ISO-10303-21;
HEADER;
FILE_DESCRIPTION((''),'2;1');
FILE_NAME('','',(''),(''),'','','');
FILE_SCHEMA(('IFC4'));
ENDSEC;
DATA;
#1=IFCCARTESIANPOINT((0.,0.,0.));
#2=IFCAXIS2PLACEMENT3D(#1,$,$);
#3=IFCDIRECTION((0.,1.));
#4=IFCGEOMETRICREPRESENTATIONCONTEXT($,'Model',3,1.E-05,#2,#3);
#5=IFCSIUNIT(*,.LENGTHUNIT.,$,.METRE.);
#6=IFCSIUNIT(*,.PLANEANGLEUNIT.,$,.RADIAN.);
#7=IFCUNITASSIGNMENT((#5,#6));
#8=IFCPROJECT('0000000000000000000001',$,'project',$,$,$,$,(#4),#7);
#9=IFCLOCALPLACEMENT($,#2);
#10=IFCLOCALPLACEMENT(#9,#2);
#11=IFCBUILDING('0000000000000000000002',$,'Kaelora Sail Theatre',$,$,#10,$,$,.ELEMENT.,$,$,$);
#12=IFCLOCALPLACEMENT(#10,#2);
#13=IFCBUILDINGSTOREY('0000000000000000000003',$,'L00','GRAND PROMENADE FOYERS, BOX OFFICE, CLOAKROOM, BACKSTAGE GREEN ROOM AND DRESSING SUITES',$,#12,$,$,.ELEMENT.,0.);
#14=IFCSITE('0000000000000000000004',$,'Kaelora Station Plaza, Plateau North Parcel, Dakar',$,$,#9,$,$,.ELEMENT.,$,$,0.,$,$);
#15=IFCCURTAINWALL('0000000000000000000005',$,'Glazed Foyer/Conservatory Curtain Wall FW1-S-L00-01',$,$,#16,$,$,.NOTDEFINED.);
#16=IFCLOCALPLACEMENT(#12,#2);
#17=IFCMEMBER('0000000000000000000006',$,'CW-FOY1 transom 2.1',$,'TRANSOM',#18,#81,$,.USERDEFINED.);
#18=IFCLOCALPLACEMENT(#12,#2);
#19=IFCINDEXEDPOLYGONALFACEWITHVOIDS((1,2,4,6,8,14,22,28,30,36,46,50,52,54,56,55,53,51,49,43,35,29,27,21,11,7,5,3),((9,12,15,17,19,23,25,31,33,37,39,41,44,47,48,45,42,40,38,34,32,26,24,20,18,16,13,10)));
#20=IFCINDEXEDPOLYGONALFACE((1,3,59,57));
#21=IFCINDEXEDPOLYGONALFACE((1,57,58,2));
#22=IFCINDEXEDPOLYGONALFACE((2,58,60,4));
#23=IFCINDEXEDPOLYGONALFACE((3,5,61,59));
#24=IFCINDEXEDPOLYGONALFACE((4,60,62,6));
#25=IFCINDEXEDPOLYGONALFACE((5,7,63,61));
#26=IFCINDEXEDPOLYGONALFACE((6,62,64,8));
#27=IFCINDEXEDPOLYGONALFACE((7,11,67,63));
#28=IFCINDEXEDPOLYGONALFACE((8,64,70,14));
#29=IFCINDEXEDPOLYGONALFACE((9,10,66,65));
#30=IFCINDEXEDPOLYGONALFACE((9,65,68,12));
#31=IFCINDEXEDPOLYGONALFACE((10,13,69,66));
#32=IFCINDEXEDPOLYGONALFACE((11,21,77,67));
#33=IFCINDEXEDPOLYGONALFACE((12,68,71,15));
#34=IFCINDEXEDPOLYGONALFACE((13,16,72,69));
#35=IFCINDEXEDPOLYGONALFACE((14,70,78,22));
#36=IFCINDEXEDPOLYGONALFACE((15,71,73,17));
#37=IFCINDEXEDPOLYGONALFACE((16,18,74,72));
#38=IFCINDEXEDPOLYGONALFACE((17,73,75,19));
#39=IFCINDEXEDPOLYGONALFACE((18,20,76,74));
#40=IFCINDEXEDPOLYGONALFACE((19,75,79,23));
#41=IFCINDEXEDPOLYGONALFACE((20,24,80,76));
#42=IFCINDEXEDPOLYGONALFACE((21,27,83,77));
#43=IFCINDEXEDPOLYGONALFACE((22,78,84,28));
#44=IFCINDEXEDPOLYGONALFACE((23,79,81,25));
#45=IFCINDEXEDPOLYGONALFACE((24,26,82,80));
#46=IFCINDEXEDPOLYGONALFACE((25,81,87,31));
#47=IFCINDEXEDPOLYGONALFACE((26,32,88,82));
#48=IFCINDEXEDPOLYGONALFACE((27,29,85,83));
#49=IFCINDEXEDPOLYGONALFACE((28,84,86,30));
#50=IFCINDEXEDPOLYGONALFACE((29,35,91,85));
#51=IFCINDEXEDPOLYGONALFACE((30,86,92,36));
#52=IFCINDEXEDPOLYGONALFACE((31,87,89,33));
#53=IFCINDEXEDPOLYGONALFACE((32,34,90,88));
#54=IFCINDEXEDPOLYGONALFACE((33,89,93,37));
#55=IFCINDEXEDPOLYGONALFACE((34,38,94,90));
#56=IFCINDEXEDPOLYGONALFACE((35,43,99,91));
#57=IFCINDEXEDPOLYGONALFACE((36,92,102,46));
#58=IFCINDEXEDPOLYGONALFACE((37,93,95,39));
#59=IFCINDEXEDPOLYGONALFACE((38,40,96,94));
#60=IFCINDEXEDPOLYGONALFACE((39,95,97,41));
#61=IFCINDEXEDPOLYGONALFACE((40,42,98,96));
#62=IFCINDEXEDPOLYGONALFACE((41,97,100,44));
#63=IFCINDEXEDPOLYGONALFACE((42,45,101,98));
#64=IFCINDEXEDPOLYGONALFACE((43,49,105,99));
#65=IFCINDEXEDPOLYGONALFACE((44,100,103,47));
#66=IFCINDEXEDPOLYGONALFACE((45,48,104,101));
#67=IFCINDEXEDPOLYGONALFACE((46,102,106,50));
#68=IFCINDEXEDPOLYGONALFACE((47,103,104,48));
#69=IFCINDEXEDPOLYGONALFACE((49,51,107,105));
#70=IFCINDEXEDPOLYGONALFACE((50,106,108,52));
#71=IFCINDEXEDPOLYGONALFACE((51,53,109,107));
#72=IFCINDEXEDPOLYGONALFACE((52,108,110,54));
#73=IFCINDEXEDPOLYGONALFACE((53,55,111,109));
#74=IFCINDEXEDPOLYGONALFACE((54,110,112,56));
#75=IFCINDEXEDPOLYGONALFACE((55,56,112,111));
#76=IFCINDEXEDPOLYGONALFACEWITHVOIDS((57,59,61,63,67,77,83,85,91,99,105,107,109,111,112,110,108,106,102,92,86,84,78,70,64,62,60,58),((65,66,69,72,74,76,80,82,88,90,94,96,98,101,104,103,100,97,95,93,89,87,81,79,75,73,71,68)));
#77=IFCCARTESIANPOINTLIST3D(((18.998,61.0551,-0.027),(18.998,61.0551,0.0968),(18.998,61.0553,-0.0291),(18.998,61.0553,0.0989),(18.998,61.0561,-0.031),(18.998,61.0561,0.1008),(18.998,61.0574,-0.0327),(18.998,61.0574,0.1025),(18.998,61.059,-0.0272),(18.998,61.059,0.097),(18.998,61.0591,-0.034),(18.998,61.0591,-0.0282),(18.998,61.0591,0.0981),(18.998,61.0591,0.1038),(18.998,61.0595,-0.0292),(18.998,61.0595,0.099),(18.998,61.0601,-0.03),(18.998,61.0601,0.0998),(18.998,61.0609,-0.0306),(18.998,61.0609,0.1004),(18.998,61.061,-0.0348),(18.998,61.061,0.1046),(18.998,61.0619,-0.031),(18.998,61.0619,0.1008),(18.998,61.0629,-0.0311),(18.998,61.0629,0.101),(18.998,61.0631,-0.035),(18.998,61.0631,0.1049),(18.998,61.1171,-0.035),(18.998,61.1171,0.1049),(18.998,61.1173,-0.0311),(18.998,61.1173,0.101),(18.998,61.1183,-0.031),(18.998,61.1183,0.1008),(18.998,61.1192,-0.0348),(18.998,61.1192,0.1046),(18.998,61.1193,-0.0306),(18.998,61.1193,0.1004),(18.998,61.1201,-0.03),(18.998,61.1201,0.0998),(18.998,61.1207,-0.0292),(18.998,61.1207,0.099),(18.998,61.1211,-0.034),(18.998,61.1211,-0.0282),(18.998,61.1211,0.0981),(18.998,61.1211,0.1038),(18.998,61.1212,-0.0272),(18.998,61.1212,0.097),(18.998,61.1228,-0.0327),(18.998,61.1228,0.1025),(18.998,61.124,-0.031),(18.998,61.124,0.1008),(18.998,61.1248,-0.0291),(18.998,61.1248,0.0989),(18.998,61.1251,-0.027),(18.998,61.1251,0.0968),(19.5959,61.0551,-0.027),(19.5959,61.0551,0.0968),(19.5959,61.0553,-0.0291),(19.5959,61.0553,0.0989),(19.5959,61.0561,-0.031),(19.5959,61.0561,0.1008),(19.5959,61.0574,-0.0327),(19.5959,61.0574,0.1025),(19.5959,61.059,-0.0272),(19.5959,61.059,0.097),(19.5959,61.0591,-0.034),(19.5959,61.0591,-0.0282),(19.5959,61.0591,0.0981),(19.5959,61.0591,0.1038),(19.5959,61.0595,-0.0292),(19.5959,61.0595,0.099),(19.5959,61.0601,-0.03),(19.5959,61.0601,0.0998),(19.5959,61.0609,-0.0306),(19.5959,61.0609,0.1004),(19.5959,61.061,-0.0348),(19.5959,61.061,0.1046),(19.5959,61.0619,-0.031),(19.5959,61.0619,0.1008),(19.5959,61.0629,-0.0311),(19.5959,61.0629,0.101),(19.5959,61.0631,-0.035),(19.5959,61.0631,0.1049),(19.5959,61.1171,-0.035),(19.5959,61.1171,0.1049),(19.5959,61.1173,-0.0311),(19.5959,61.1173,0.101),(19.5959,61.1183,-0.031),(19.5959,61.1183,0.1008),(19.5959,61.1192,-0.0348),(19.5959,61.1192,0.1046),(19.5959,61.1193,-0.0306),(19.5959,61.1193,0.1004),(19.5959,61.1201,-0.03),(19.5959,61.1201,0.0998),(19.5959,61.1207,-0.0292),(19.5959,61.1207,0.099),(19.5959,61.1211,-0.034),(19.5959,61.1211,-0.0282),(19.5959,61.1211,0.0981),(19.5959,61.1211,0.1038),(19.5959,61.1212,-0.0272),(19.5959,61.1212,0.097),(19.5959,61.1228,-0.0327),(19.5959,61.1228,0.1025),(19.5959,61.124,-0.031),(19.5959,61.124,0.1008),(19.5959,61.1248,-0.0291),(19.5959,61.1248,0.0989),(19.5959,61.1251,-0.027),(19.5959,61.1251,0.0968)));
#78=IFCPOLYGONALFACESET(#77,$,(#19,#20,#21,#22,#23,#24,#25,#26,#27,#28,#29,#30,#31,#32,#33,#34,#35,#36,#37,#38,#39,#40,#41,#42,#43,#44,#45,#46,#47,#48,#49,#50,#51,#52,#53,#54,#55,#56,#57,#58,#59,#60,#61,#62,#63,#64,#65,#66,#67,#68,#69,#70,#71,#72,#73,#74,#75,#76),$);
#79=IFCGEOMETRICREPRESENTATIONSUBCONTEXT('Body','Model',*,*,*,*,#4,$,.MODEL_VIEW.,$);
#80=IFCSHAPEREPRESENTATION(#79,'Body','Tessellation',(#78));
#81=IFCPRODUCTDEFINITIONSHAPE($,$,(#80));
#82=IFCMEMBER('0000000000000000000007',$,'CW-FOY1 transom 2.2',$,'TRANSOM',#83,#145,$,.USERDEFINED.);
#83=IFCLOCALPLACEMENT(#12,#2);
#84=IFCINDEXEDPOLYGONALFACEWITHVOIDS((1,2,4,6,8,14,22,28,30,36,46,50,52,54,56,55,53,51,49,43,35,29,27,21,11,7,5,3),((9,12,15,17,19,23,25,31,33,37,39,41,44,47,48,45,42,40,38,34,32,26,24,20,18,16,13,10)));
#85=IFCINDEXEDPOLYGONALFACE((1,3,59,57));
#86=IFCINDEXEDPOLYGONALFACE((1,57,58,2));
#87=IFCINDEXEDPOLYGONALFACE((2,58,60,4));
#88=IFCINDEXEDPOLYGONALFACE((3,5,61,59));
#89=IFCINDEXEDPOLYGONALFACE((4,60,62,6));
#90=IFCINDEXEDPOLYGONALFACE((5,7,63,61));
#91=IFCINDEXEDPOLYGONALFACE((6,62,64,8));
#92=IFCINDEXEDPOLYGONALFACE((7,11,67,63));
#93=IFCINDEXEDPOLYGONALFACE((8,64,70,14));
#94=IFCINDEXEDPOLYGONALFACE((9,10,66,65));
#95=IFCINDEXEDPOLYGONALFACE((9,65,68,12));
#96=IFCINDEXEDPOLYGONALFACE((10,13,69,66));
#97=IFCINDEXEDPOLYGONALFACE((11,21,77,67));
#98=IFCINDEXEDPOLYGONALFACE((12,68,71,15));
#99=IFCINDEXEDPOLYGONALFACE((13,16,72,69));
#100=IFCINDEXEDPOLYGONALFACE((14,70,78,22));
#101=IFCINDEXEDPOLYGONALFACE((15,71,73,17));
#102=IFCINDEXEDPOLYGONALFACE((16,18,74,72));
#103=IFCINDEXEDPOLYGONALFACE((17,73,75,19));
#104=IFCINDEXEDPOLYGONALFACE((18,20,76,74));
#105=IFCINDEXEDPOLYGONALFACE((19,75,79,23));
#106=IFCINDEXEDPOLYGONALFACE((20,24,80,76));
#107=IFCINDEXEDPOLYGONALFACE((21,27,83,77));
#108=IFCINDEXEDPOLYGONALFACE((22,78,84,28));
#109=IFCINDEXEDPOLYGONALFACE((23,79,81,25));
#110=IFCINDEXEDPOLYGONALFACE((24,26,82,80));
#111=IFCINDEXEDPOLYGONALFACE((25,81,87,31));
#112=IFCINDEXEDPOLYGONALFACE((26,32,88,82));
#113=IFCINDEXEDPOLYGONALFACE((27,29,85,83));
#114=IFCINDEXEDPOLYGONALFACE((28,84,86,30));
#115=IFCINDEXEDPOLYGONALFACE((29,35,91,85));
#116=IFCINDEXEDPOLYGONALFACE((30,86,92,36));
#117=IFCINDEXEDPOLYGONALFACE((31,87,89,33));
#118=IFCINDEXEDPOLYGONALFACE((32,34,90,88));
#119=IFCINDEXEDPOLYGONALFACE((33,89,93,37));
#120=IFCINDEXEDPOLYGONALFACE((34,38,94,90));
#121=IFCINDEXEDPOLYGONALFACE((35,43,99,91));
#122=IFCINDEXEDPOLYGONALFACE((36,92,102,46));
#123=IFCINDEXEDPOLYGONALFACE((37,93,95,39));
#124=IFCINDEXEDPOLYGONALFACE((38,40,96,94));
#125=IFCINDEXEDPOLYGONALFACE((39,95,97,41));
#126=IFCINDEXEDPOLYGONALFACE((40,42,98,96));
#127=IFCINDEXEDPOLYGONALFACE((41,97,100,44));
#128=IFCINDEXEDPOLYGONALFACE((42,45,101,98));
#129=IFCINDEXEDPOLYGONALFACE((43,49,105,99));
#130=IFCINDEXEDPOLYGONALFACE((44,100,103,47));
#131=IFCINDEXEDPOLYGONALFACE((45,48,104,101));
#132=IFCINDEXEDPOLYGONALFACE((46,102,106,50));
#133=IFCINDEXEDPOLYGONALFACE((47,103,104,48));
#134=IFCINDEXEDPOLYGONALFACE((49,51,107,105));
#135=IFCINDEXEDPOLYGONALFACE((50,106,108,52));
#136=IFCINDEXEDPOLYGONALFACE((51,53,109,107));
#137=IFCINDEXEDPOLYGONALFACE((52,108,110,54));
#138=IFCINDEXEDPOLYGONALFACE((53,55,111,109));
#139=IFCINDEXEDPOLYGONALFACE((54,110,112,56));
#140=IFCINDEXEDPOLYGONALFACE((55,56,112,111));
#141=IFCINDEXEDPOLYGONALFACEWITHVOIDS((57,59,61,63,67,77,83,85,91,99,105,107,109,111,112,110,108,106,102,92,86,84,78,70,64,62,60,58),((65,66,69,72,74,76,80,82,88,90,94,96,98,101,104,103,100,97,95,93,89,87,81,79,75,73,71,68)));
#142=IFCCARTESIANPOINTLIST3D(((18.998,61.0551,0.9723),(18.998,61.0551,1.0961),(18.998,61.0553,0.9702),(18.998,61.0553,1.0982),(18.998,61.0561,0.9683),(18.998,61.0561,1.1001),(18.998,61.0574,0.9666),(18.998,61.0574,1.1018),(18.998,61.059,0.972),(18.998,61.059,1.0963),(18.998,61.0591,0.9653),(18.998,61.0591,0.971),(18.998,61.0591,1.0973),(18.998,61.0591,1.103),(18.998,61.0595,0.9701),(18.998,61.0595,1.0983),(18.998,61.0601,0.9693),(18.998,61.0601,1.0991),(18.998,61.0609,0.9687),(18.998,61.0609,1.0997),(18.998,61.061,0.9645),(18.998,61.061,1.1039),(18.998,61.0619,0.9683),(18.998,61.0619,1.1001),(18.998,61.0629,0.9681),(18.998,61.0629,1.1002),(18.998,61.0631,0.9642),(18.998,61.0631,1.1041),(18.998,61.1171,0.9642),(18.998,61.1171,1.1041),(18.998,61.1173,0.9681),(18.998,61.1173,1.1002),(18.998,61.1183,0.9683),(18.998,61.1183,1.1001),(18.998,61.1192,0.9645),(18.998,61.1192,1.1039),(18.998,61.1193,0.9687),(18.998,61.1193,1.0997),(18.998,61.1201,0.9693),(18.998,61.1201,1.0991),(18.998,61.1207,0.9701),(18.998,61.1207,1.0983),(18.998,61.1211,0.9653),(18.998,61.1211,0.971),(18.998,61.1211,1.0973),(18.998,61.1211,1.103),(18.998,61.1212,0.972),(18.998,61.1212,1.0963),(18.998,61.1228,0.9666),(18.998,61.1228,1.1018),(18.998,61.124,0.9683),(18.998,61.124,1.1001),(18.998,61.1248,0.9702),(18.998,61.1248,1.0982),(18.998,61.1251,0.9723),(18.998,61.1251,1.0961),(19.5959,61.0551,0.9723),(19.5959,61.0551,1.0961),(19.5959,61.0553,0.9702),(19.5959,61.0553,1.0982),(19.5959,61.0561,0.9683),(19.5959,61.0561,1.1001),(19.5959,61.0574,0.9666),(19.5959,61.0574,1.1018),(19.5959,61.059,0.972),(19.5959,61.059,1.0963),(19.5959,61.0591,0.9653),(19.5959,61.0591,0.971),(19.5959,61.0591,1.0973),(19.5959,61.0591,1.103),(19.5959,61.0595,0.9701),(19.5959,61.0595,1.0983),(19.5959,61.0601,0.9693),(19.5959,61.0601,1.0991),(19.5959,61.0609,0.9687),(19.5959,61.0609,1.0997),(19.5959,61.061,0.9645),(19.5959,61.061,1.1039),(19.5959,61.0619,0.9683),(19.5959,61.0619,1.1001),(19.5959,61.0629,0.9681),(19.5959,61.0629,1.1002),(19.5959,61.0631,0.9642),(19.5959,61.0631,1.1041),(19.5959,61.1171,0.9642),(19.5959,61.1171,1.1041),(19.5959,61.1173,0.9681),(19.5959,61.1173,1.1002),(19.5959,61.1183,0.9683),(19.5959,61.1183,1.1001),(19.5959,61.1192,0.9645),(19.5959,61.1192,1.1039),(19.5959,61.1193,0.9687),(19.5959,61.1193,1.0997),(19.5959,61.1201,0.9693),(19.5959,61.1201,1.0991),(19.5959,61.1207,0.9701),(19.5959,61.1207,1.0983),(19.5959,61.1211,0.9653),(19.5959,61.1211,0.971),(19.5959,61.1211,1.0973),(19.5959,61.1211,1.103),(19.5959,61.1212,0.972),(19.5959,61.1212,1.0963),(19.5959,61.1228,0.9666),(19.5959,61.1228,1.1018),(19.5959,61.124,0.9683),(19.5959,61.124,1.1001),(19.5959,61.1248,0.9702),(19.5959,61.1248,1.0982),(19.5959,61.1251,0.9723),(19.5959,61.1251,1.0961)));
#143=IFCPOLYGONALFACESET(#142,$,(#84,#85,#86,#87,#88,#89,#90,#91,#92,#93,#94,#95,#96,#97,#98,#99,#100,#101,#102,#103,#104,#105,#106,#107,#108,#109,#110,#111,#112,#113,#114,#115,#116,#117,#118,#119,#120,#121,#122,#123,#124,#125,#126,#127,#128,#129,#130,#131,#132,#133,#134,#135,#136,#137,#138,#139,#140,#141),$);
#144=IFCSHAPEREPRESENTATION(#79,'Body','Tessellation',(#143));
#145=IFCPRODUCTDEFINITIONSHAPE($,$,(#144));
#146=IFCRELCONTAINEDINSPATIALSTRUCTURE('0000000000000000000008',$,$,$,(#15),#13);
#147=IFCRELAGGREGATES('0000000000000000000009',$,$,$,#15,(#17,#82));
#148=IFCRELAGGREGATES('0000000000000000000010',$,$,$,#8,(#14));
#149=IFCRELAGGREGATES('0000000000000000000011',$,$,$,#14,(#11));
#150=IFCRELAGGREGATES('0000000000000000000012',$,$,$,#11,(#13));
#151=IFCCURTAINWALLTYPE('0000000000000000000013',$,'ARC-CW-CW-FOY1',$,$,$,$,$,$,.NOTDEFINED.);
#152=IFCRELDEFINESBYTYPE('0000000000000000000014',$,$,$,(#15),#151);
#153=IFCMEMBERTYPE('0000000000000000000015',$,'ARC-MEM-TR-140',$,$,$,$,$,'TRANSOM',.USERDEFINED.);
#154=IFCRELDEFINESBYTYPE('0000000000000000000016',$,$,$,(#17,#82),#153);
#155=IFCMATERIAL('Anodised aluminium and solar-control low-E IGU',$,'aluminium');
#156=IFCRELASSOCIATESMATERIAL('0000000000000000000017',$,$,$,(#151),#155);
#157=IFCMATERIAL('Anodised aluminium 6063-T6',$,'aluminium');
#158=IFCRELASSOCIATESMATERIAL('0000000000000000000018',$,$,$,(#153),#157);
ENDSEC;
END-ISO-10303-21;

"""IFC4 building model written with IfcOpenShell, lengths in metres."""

from ifc_helpers import new_model, si_unit, direction, frame, origin, origin_2d, place, context, subcontext, project, spatial, hollow_rectangle, extrude, material, material_profile, profile_set, type_object, element, aggregate, save


model = new_model("IFC4")

# Units and contexts
model_context = context("Model", 3, precision=1e-05, world=origin(), true_north=direction((0.0, 1.0)))
body_context = subcontext(model_context, "Body", "Model", "MODEL_VIEW")
ifc_project = project(units=[si_unit("LENGTHUNIT", "METRE"), si_unit("PLANEANGLEUNIT", "RADIAN")], contexts=[model_context])

# Site, building, storey
site_placement = place(None, origin())
site = spatial("IfcSite", under=ifc_project, at=site_placement, Name="Kaelora Station Plaza, Plateau North Parcel, Dakar", CompositionType="ELEMENT", RefElevation=0.0)
building_placement = place(site_placement, origin())
building = spatial("IfcBuilding", under=site, at=building_placement, Name="Kaelora Sail Theatre", CompositionType="ELEMENT")
storey_placement = place(building_placement, origin())
storey = spatial("IfcBuildingStorey", under=building, at=storey_placement, Name="L00", Description="GRAND PROMENADE FOYERS, BOX OFFICE, CLOAKROOM, BACKSTAGE GREEN ROOM AND DRESSING SUITES", CompositionType="ELEMENT", Elevation=0.0)

# Curtain wall, members
ifc_material_1 = material(Name="Anodised aluminium and solar-control low-E IGU", Category="aluminium")
curtain_wall_type = type_object("IfcCurtainWallType", Name="ARC-CW-CW-FOY1", PredefinedType="NOTDEFINED", material=ifc_material_1)
curtain_wall_placement = place(storey_placement, origin())
curtain_wall = element("IfcCurtainWall", 1, at=curtain_wall_placement, inside=storey, type_object=curtain_wall_type, Name="Glazed Foyer/Conservatory Curtain Wall FW1-S-L00-01", PredefinedType="NOTDEFINED")
ifc_material_2 = material(Name="Anodised aluminium 6063-T6", Category="aluminium")
ifc_material_profile_1 = material_profile(ifc_material_2, hollow_rectangle(XDim=0.0701, YDim=0.1399, WallThickness=0.0039, InnerFilletRadius=0.0039, OuterFilletRadius=0.0081, at=origin_2d()), Name="ALU-TRAN 70x140x4")
ifc_profile_set_1 = profile_set([ifc_material_profile_1], Name="Anodised aluminium 6063-T6")
member_type_1 = type_object("IfcMemberType", Name="ARC-MEM-TR-140", ElementType="TRANSOM", PredefinedType="USERDEFINED", material=ifc_profile_set_1)
member_1_placement = place(storey_placement, frame((18.998, 61.0901, 0.0349), z_axis=(1.0, 0.0, 0.0), x_axis=(0.0, 1.0, 0.0)))
member_1 = element("IfcMember", 2, at=member_1_placement, type_object=member_type_1, Name="CW-FOY1 transom 2.1", ObjectType="TRANSOM", PredefinedType="USERDEFINED", context=body_context, shape_type="SweptSolid", body=[
    extrude(hollow_rectangle(XDim=0.0701, YDim=0.1399, WallThickness=0.0039, InnerFilletRadius=0.0039, OuterFilletRadius=0.0081, at=origin_2d()), origin(), (0.0, 0.0, 1.0), 0.5979),
])
member_2_placement = place(storey_placement, frame((18.998, 61.0901, 1.0342), z_axis=(1.0, 0.0, 0.0), x_axis=(0.0, 1.0, 0.0)))
member_2 = element("IfcMember", 3, at=member_2_placement, type_object=member_type_1, Name="CW-FOY1 transom 2.2", ObjectType="TRANSOM", PredefinedType="USERDEFINED", context=body_context, shape_type="SweptSolid", body=[
    extrude(hollow_rectangle(XDim=0.0701, YDim=0.1399, WallThickness=0.0039, InnerFilletRadius=0.0039, OuterFilletRadius=0.0081, at=origin_2d()), origin(), (0.0, 0.0, 1.0), 0.5979),
])

aggregate(curtain_wall, [member_1, member_2])

save(model, "model.ifc")
